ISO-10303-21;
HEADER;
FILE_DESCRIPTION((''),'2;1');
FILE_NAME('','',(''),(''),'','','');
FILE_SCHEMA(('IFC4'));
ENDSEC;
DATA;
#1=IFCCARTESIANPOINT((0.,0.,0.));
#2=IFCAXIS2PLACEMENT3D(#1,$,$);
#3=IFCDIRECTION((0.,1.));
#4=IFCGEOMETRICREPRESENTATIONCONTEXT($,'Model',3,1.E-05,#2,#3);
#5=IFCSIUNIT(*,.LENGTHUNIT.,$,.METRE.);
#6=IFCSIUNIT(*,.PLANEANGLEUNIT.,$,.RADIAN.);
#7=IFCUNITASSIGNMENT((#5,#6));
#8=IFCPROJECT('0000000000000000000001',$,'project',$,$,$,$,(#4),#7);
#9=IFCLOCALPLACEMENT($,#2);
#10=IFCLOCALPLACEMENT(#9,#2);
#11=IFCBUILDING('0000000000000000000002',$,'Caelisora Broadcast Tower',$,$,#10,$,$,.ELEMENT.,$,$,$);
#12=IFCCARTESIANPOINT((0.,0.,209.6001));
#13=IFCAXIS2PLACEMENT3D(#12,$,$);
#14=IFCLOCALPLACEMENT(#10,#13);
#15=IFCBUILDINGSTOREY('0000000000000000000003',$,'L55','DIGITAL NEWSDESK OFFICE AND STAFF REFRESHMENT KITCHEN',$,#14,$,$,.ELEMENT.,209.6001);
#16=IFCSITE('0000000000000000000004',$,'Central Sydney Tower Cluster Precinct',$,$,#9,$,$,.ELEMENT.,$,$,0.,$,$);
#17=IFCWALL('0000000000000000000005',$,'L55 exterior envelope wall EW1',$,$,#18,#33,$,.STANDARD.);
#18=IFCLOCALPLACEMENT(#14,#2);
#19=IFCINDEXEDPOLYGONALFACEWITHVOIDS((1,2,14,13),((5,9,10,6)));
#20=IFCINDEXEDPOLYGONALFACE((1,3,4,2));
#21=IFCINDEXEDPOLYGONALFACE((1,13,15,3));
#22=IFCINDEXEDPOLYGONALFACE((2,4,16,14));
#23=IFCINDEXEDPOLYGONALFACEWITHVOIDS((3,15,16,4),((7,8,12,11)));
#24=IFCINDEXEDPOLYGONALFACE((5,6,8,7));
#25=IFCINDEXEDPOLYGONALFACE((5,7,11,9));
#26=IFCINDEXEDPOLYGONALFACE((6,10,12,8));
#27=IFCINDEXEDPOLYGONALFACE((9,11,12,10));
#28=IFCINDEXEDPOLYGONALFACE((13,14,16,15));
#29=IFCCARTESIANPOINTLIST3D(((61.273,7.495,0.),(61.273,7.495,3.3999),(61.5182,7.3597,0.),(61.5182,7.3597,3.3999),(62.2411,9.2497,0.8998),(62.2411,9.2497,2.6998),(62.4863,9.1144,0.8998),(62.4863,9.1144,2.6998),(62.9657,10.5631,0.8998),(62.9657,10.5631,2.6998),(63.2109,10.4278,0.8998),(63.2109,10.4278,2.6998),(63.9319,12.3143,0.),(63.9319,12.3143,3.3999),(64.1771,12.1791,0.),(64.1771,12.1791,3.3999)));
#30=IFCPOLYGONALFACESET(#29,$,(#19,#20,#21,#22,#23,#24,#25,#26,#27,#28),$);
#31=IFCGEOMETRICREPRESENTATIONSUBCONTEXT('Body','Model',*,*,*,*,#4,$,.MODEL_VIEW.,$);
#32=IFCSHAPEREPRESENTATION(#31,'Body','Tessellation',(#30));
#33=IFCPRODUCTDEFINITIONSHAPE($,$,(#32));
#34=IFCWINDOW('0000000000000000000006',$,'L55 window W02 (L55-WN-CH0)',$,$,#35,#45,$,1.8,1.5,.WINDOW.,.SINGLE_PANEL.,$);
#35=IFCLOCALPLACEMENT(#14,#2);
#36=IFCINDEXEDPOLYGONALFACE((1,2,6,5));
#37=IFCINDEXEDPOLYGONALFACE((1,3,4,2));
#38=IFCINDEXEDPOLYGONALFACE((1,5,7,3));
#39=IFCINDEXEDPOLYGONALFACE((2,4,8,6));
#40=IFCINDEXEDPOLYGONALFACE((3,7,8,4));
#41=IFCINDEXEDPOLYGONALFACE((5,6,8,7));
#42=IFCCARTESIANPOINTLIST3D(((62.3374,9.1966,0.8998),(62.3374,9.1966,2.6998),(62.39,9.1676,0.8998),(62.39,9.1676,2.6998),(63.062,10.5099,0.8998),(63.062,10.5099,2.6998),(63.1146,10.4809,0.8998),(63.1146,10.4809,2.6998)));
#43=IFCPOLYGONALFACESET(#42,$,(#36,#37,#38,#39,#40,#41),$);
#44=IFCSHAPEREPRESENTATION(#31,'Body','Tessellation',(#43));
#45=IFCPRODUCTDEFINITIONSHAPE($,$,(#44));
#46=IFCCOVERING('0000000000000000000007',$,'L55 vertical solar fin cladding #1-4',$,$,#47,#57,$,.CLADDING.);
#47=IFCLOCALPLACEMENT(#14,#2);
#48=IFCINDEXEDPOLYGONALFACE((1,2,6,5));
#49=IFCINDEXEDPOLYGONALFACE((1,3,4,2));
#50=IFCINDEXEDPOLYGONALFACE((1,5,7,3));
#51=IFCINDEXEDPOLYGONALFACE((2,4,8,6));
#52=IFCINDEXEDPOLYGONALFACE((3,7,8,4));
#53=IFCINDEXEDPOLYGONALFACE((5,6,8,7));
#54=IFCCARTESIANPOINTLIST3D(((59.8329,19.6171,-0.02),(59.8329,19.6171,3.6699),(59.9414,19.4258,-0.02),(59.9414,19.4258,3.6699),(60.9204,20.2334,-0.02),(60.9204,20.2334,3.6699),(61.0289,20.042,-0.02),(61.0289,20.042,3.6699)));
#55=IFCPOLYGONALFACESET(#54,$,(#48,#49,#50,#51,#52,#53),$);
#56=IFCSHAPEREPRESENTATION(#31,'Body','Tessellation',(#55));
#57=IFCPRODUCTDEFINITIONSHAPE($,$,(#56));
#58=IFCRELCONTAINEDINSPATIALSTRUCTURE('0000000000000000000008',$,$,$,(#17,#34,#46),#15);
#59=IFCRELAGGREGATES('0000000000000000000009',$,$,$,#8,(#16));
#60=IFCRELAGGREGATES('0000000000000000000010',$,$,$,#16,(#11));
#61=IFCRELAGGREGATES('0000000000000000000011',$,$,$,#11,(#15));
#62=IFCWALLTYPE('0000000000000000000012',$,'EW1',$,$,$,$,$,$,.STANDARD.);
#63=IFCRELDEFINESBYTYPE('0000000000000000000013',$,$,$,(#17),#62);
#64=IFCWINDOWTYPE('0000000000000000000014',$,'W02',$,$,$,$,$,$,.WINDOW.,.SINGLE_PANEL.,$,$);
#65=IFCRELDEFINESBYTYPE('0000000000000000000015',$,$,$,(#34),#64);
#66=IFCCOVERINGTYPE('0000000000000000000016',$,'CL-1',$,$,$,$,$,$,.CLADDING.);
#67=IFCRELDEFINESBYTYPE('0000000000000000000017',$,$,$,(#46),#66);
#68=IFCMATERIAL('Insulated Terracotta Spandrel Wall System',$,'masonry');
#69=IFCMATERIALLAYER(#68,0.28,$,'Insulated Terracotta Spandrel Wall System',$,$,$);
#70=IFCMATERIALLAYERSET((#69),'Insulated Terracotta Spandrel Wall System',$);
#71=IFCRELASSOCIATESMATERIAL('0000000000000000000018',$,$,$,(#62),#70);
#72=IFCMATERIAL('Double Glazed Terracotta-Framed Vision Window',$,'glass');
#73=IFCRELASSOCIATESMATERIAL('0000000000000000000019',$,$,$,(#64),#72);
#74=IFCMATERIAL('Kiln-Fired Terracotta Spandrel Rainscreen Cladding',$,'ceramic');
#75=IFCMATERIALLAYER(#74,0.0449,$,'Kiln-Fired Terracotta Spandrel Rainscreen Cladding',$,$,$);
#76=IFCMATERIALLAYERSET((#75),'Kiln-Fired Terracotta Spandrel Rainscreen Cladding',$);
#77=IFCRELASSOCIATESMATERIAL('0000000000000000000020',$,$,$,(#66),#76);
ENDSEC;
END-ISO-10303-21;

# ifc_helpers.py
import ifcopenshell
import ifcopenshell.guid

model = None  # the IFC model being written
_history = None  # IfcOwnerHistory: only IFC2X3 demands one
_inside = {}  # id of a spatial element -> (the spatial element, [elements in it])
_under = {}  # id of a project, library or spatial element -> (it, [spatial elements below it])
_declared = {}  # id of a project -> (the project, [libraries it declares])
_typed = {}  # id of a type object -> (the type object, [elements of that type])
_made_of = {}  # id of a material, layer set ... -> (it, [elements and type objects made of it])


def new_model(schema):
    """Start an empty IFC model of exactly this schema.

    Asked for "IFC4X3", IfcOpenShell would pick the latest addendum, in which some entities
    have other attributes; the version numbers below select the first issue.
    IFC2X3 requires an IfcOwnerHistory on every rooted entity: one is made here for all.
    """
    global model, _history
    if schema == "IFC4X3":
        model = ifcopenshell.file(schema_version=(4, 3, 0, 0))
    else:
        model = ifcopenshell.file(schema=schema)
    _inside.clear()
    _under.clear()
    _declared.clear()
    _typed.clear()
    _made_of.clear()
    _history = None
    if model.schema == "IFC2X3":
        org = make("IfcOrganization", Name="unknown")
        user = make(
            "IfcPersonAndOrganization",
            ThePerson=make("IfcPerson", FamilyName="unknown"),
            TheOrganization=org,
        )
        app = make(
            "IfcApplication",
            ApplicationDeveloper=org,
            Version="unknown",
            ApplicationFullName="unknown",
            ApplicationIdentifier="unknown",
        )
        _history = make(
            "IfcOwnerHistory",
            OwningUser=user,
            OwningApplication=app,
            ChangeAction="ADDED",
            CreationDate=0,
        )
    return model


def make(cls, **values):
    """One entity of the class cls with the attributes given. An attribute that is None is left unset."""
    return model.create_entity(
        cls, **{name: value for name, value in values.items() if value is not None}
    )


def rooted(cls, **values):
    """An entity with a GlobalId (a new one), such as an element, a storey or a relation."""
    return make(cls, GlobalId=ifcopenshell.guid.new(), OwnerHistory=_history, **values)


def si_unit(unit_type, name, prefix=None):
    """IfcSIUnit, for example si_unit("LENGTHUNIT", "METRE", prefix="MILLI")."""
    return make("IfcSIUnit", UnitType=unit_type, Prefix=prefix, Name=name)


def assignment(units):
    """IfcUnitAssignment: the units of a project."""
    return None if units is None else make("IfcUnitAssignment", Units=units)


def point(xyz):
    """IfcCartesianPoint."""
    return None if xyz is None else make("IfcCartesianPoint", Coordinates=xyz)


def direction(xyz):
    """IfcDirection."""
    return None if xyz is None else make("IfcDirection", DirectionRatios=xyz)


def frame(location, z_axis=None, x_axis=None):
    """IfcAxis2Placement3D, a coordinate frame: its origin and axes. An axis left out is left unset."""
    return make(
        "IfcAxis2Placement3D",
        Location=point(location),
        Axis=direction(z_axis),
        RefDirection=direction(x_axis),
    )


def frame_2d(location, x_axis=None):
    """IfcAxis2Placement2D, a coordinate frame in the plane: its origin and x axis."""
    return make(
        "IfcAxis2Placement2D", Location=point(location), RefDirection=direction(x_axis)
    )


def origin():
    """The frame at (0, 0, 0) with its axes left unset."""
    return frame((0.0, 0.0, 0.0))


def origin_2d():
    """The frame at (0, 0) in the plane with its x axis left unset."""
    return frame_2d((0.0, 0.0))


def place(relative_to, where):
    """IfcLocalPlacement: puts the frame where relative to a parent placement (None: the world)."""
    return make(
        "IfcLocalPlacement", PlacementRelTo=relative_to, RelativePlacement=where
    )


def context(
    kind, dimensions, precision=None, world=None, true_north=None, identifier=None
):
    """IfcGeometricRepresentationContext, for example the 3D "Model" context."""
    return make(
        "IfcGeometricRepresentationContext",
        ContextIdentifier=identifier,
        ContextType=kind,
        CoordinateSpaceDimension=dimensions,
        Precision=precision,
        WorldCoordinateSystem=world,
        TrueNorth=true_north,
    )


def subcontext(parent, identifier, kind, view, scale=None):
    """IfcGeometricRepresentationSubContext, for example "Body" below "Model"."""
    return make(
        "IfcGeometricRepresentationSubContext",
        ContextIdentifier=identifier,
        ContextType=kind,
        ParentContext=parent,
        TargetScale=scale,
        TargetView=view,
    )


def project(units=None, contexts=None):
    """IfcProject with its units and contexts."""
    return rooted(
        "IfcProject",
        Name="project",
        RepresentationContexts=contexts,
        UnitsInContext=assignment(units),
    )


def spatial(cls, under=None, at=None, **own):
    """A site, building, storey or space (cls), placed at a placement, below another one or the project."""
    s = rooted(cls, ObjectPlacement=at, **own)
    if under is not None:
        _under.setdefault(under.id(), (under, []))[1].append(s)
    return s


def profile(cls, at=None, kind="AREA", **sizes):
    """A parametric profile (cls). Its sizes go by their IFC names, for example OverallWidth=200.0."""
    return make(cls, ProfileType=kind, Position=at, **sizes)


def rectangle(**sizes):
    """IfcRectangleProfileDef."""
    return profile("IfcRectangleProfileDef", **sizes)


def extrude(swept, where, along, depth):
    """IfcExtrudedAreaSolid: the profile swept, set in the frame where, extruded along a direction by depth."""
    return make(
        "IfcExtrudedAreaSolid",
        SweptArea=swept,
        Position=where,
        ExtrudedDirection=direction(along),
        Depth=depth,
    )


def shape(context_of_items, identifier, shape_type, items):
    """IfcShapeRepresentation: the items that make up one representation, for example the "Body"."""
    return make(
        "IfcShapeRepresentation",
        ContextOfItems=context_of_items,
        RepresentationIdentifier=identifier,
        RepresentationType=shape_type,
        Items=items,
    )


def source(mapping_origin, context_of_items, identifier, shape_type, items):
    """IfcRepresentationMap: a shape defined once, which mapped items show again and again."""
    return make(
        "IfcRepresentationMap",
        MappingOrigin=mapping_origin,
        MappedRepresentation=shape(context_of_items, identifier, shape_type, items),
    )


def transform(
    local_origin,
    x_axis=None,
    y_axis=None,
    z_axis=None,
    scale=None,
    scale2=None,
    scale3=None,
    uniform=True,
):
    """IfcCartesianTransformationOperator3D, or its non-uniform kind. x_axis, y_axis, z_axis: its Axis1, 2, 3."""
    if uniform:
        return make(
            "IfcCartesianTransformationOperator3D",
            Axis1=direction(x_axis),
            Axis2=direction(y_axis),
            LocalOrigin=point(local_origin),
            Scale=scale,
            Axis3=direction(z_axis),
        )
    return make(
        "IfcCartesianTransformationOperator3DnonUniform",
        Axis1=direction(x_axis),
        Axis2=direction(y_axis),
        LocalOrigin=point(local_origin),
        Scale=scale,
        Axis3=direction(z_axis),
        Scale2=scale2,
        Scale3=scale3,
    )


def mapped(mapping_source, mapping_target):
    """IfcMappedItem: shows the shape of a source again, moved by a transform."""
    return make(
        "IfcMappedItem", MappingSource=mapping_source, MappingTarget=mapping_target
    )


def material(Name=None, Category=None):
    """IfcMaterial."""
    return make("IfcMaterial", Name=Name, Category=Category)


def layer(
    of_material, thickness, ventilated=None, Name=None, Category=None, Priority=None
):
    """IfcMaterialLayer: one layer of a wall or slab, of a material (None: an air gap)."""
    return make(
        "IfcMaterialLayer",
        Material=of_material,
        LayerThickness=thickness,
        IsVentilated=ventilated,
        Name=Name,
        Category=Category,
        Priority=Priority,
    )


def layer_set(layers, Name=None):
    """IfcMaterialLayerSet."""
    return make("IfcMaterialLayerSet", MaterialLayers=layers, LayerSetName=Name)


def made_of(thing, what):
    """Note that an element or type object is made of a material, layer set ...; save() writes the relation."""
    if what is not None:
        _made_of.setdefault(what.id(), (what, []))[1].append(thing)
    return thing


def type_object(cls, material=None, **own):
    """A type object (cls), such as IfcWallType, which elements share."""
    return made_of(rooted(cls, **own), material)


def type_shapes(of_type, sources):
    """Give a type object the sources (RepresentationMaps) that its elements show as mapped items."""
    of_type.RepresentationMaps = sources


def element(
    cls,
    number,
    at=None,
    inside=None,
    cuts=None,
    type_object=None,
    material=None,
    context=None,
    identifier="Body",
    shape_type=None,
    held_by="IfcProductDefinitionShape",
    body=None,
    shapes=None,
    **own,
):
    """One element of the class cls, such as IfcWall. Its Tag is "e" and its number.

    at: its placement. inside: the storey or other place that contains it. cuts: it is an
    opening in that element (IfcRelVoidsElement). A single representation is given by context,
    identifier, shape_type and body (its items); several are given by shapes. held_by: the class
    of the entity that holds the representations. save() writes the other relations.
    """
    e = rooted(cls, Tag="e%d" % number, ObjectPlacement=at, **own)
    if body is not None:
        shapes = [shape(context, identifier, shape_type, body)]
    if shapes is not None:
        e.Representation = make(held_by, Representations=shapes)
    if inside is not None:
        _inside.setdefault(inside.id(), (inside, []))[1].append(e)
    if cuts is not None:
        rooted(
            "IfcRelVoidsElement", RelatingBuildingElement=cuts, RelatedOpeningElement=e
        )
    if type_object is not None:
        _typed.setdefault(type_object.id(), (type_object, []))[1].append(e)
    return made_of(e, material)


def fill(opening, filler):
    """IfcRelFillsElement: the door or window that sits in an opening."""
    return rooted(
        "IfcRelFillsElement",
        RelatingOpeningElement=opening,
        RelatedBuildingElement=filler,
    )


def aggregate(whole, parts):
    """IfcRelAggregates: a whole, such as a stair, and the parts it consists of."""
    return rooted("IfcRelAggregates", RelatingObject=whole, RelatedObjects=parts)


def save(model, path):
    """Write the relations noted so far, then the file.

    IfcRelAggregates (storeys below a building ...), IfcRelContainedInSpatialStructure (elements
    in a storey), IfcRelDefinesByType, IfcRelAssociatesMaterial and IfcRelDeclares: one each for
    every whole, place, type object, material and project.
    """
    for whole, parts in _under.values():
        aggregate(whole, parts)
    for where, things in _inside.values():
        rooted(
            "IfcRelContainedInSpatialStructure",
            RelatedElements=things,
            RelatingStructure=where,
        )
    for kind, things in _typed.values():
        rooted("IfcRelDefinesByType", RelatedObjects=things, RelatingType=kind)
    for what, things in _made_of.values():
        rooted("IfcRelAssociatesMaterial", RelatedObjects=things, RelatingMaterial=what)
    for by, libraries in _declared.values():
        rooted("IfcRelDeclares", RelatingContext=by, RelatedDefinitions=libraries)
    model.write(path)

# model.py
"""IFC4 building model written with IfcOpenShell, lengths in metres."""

from ifc_helpers import new_model, si_unit, direction, frame, frame_2d, origin, origin_2d, place, context, subcontext, project, spatial, rectangle, extrude, source, transform, mapped, material, layer, layer_set, type_object, type_shapes, element, fill, save


model = new_model("IFC4")

# Units and contexts
model_context = context("Model", 3, precision=1e-05, world=origin(), true_north=direction((0.0, 1.0)))
body_context = subcontext(model_context, "Body", "Model", "MODEL_VIEW")
ifc_project = project(units=[si_unit("LENGTHUNIT", "METRE"), si_unit("PLANEANGLEUNIT", "RADIAN")], contexts=[model_context])

# Site, building, storey
site_placement = place(None, origin())
site = spatial("IfcSite", under=ifc_project, at=site_placement, Name="Central Sydney Tower Cluster Precinct", CompositionType="ELEMENT", RefElevation=0.0)
building_placement = place(site_placement, origin())
building = spatial("IfcBuilding", under=site, at=building_placement, Name="Caelisora Broadcast Tower", CompositionType="ELEMENT")
storey_placement = place(building_placement, frame((0.0, 0.0, 209.6001)))
storey = spatial("IfcBuildingStorey", under=building, at=storey_placement, Name="L55", Description="DIGITAL NEWSDESK OFFICE AND STAFF REFRESHMENT KITCHEN", CompositionType="ELEMENT", Elevation=209.6001)

# Wall, opening, window
ifc_material_1 = material(Name="Insulated Terracotta Spandrel Wall System", Category="masonry")
ifc_layer_1 = layer(ifc_material_1, 0.28, Name="Insulated Terracotta Spandrel Wall System")
ifc_layer_set_1 = layer_set([ifc_layer_1], Name="Insulated Terracotta Spandrel Wall System")
wall_type = type_object("IfcWallType", Name="EW1", PredefinedType="STANDARD", material=ifc_layer_set_1)
wall_placement = place(storey_placement, frame((64.0544, 12.2466, 0.0), z_axis=(0.0, 0.0, 1.0), x_axis=(-0.483076, -0.875578, 0.0)))
wall = element("IfcWall", 1, at=wall_placement, inside=storey, type_object=wall_type, Name="L55 exterior envelope wall EW1", PredefinedType="STANDARD", context=body_context, shape_type="SweptSolid", body=[
    extrude(rectangle(XDim=5.5042, YDim=0.28, at=frame_2d((2.752, 0.0))), origin(), (0.0, 0.0, 1.0), 3.3999),
])
opening_placement = place(wall_placement, frame((2.0, 0.0, 0.8999)))
opening = element("IfcOpeningElement", 2, at=opening_placement, cuts=wall, PredefinedType="OPENING", context=body_context, shape_type="SweptSolid", body=[
    extrude(rectangle(XDim=1.5, YDim=1.8, at=frame_2d((0.75, 0.8999))), frame((0.0, 0.1521, 0.0), z_axis=(0.0, -1.0, 0.0), x_axis=(1.0, 0.0, 0.0)), (0.0, 0.0, 1.0), 0.304),
])
ifc_material_2 = material(Name="Double Glazed Terracotta-Framed Vision Window", Category="glass")
window_type = type_object("IfcWindowType", Name="W02", PartitioningType="SINGLE_PANEL", PredefinedType="WINDOW", material=ifc_material_2)
window_placement = place(opening_placement, origin())
window = element("IfcWindow", 3, at=window_placement, inside=storey, type_object=window_type, Name="L55 window W02 (L55-WN-CH0)", OverallHeight=1.8, OverallWidth=1.5, PartitioningType="SINGLE_PANEL", PredefinedType="WINDOW", context=body_context, shape_type="SweptSolid", body=[
    extrude(rectangle(XDim=1.5, YDim=1.8, at=frame_2d((0.75, 0.8999))), frame((0.0, 0.03, 0.0), z_axis=(0.0, -1.0, 0.0), x_axis=(1.0, 0.0, 0.0)), (0.0, 0.0, 1.0), 0.0601),
])
fill(opening, window)

# Covering
ifc_material_3 = material(Name="Kiln-Fired Terracotta Spandrel Rainscreen Cladding", Category="ceramic")
ifc_layer_2 = layer(ifc_material_3, 0.0449, Name="Kiln-Fired Terracotta Spandrel Rainscreen Cladding")
ifc_layer_set_2 = layer_set([ifc_layer_2], Name="Kiln-Fired Terracotta Spandrel Rainscreen Cladding")
covering_type = type_object("IfcCoveringType", Name="CL-1", PredefinedType="CLADDING", material=ifc_layer_set_2)
shared_shape_1 = source(origin(), body_context, "Body", "SweptSolid", [
    extrude(rectangle(XDim=0.22, YDim=1.25, at=origin_2d()), origin(), (0.0, 0.0, 1.0), 3.6899),
])
type_shapes(covering_type, [shared_shape_1])
covering_placement = place(storey_placement, frame((60.4309, 19.8296, -0.02), z_axis=(0.0, 0.0, 1.0), x_axis=(0.493031, -0.870012, 0.0)))
element("IfcCovering", 4, at=covering_placement, inside=storey, type_object=covering_type, Name="L55 vertical solar fin cladding #1-4", PredefinedType="CLADDING", context=body_context, shape_type="MappedRepresentation", body=[
    mapped(shared_shape_1, transform((0.0, 0.0, 0.0), scale=1.0)),
])

save(model, "model.ifc")
